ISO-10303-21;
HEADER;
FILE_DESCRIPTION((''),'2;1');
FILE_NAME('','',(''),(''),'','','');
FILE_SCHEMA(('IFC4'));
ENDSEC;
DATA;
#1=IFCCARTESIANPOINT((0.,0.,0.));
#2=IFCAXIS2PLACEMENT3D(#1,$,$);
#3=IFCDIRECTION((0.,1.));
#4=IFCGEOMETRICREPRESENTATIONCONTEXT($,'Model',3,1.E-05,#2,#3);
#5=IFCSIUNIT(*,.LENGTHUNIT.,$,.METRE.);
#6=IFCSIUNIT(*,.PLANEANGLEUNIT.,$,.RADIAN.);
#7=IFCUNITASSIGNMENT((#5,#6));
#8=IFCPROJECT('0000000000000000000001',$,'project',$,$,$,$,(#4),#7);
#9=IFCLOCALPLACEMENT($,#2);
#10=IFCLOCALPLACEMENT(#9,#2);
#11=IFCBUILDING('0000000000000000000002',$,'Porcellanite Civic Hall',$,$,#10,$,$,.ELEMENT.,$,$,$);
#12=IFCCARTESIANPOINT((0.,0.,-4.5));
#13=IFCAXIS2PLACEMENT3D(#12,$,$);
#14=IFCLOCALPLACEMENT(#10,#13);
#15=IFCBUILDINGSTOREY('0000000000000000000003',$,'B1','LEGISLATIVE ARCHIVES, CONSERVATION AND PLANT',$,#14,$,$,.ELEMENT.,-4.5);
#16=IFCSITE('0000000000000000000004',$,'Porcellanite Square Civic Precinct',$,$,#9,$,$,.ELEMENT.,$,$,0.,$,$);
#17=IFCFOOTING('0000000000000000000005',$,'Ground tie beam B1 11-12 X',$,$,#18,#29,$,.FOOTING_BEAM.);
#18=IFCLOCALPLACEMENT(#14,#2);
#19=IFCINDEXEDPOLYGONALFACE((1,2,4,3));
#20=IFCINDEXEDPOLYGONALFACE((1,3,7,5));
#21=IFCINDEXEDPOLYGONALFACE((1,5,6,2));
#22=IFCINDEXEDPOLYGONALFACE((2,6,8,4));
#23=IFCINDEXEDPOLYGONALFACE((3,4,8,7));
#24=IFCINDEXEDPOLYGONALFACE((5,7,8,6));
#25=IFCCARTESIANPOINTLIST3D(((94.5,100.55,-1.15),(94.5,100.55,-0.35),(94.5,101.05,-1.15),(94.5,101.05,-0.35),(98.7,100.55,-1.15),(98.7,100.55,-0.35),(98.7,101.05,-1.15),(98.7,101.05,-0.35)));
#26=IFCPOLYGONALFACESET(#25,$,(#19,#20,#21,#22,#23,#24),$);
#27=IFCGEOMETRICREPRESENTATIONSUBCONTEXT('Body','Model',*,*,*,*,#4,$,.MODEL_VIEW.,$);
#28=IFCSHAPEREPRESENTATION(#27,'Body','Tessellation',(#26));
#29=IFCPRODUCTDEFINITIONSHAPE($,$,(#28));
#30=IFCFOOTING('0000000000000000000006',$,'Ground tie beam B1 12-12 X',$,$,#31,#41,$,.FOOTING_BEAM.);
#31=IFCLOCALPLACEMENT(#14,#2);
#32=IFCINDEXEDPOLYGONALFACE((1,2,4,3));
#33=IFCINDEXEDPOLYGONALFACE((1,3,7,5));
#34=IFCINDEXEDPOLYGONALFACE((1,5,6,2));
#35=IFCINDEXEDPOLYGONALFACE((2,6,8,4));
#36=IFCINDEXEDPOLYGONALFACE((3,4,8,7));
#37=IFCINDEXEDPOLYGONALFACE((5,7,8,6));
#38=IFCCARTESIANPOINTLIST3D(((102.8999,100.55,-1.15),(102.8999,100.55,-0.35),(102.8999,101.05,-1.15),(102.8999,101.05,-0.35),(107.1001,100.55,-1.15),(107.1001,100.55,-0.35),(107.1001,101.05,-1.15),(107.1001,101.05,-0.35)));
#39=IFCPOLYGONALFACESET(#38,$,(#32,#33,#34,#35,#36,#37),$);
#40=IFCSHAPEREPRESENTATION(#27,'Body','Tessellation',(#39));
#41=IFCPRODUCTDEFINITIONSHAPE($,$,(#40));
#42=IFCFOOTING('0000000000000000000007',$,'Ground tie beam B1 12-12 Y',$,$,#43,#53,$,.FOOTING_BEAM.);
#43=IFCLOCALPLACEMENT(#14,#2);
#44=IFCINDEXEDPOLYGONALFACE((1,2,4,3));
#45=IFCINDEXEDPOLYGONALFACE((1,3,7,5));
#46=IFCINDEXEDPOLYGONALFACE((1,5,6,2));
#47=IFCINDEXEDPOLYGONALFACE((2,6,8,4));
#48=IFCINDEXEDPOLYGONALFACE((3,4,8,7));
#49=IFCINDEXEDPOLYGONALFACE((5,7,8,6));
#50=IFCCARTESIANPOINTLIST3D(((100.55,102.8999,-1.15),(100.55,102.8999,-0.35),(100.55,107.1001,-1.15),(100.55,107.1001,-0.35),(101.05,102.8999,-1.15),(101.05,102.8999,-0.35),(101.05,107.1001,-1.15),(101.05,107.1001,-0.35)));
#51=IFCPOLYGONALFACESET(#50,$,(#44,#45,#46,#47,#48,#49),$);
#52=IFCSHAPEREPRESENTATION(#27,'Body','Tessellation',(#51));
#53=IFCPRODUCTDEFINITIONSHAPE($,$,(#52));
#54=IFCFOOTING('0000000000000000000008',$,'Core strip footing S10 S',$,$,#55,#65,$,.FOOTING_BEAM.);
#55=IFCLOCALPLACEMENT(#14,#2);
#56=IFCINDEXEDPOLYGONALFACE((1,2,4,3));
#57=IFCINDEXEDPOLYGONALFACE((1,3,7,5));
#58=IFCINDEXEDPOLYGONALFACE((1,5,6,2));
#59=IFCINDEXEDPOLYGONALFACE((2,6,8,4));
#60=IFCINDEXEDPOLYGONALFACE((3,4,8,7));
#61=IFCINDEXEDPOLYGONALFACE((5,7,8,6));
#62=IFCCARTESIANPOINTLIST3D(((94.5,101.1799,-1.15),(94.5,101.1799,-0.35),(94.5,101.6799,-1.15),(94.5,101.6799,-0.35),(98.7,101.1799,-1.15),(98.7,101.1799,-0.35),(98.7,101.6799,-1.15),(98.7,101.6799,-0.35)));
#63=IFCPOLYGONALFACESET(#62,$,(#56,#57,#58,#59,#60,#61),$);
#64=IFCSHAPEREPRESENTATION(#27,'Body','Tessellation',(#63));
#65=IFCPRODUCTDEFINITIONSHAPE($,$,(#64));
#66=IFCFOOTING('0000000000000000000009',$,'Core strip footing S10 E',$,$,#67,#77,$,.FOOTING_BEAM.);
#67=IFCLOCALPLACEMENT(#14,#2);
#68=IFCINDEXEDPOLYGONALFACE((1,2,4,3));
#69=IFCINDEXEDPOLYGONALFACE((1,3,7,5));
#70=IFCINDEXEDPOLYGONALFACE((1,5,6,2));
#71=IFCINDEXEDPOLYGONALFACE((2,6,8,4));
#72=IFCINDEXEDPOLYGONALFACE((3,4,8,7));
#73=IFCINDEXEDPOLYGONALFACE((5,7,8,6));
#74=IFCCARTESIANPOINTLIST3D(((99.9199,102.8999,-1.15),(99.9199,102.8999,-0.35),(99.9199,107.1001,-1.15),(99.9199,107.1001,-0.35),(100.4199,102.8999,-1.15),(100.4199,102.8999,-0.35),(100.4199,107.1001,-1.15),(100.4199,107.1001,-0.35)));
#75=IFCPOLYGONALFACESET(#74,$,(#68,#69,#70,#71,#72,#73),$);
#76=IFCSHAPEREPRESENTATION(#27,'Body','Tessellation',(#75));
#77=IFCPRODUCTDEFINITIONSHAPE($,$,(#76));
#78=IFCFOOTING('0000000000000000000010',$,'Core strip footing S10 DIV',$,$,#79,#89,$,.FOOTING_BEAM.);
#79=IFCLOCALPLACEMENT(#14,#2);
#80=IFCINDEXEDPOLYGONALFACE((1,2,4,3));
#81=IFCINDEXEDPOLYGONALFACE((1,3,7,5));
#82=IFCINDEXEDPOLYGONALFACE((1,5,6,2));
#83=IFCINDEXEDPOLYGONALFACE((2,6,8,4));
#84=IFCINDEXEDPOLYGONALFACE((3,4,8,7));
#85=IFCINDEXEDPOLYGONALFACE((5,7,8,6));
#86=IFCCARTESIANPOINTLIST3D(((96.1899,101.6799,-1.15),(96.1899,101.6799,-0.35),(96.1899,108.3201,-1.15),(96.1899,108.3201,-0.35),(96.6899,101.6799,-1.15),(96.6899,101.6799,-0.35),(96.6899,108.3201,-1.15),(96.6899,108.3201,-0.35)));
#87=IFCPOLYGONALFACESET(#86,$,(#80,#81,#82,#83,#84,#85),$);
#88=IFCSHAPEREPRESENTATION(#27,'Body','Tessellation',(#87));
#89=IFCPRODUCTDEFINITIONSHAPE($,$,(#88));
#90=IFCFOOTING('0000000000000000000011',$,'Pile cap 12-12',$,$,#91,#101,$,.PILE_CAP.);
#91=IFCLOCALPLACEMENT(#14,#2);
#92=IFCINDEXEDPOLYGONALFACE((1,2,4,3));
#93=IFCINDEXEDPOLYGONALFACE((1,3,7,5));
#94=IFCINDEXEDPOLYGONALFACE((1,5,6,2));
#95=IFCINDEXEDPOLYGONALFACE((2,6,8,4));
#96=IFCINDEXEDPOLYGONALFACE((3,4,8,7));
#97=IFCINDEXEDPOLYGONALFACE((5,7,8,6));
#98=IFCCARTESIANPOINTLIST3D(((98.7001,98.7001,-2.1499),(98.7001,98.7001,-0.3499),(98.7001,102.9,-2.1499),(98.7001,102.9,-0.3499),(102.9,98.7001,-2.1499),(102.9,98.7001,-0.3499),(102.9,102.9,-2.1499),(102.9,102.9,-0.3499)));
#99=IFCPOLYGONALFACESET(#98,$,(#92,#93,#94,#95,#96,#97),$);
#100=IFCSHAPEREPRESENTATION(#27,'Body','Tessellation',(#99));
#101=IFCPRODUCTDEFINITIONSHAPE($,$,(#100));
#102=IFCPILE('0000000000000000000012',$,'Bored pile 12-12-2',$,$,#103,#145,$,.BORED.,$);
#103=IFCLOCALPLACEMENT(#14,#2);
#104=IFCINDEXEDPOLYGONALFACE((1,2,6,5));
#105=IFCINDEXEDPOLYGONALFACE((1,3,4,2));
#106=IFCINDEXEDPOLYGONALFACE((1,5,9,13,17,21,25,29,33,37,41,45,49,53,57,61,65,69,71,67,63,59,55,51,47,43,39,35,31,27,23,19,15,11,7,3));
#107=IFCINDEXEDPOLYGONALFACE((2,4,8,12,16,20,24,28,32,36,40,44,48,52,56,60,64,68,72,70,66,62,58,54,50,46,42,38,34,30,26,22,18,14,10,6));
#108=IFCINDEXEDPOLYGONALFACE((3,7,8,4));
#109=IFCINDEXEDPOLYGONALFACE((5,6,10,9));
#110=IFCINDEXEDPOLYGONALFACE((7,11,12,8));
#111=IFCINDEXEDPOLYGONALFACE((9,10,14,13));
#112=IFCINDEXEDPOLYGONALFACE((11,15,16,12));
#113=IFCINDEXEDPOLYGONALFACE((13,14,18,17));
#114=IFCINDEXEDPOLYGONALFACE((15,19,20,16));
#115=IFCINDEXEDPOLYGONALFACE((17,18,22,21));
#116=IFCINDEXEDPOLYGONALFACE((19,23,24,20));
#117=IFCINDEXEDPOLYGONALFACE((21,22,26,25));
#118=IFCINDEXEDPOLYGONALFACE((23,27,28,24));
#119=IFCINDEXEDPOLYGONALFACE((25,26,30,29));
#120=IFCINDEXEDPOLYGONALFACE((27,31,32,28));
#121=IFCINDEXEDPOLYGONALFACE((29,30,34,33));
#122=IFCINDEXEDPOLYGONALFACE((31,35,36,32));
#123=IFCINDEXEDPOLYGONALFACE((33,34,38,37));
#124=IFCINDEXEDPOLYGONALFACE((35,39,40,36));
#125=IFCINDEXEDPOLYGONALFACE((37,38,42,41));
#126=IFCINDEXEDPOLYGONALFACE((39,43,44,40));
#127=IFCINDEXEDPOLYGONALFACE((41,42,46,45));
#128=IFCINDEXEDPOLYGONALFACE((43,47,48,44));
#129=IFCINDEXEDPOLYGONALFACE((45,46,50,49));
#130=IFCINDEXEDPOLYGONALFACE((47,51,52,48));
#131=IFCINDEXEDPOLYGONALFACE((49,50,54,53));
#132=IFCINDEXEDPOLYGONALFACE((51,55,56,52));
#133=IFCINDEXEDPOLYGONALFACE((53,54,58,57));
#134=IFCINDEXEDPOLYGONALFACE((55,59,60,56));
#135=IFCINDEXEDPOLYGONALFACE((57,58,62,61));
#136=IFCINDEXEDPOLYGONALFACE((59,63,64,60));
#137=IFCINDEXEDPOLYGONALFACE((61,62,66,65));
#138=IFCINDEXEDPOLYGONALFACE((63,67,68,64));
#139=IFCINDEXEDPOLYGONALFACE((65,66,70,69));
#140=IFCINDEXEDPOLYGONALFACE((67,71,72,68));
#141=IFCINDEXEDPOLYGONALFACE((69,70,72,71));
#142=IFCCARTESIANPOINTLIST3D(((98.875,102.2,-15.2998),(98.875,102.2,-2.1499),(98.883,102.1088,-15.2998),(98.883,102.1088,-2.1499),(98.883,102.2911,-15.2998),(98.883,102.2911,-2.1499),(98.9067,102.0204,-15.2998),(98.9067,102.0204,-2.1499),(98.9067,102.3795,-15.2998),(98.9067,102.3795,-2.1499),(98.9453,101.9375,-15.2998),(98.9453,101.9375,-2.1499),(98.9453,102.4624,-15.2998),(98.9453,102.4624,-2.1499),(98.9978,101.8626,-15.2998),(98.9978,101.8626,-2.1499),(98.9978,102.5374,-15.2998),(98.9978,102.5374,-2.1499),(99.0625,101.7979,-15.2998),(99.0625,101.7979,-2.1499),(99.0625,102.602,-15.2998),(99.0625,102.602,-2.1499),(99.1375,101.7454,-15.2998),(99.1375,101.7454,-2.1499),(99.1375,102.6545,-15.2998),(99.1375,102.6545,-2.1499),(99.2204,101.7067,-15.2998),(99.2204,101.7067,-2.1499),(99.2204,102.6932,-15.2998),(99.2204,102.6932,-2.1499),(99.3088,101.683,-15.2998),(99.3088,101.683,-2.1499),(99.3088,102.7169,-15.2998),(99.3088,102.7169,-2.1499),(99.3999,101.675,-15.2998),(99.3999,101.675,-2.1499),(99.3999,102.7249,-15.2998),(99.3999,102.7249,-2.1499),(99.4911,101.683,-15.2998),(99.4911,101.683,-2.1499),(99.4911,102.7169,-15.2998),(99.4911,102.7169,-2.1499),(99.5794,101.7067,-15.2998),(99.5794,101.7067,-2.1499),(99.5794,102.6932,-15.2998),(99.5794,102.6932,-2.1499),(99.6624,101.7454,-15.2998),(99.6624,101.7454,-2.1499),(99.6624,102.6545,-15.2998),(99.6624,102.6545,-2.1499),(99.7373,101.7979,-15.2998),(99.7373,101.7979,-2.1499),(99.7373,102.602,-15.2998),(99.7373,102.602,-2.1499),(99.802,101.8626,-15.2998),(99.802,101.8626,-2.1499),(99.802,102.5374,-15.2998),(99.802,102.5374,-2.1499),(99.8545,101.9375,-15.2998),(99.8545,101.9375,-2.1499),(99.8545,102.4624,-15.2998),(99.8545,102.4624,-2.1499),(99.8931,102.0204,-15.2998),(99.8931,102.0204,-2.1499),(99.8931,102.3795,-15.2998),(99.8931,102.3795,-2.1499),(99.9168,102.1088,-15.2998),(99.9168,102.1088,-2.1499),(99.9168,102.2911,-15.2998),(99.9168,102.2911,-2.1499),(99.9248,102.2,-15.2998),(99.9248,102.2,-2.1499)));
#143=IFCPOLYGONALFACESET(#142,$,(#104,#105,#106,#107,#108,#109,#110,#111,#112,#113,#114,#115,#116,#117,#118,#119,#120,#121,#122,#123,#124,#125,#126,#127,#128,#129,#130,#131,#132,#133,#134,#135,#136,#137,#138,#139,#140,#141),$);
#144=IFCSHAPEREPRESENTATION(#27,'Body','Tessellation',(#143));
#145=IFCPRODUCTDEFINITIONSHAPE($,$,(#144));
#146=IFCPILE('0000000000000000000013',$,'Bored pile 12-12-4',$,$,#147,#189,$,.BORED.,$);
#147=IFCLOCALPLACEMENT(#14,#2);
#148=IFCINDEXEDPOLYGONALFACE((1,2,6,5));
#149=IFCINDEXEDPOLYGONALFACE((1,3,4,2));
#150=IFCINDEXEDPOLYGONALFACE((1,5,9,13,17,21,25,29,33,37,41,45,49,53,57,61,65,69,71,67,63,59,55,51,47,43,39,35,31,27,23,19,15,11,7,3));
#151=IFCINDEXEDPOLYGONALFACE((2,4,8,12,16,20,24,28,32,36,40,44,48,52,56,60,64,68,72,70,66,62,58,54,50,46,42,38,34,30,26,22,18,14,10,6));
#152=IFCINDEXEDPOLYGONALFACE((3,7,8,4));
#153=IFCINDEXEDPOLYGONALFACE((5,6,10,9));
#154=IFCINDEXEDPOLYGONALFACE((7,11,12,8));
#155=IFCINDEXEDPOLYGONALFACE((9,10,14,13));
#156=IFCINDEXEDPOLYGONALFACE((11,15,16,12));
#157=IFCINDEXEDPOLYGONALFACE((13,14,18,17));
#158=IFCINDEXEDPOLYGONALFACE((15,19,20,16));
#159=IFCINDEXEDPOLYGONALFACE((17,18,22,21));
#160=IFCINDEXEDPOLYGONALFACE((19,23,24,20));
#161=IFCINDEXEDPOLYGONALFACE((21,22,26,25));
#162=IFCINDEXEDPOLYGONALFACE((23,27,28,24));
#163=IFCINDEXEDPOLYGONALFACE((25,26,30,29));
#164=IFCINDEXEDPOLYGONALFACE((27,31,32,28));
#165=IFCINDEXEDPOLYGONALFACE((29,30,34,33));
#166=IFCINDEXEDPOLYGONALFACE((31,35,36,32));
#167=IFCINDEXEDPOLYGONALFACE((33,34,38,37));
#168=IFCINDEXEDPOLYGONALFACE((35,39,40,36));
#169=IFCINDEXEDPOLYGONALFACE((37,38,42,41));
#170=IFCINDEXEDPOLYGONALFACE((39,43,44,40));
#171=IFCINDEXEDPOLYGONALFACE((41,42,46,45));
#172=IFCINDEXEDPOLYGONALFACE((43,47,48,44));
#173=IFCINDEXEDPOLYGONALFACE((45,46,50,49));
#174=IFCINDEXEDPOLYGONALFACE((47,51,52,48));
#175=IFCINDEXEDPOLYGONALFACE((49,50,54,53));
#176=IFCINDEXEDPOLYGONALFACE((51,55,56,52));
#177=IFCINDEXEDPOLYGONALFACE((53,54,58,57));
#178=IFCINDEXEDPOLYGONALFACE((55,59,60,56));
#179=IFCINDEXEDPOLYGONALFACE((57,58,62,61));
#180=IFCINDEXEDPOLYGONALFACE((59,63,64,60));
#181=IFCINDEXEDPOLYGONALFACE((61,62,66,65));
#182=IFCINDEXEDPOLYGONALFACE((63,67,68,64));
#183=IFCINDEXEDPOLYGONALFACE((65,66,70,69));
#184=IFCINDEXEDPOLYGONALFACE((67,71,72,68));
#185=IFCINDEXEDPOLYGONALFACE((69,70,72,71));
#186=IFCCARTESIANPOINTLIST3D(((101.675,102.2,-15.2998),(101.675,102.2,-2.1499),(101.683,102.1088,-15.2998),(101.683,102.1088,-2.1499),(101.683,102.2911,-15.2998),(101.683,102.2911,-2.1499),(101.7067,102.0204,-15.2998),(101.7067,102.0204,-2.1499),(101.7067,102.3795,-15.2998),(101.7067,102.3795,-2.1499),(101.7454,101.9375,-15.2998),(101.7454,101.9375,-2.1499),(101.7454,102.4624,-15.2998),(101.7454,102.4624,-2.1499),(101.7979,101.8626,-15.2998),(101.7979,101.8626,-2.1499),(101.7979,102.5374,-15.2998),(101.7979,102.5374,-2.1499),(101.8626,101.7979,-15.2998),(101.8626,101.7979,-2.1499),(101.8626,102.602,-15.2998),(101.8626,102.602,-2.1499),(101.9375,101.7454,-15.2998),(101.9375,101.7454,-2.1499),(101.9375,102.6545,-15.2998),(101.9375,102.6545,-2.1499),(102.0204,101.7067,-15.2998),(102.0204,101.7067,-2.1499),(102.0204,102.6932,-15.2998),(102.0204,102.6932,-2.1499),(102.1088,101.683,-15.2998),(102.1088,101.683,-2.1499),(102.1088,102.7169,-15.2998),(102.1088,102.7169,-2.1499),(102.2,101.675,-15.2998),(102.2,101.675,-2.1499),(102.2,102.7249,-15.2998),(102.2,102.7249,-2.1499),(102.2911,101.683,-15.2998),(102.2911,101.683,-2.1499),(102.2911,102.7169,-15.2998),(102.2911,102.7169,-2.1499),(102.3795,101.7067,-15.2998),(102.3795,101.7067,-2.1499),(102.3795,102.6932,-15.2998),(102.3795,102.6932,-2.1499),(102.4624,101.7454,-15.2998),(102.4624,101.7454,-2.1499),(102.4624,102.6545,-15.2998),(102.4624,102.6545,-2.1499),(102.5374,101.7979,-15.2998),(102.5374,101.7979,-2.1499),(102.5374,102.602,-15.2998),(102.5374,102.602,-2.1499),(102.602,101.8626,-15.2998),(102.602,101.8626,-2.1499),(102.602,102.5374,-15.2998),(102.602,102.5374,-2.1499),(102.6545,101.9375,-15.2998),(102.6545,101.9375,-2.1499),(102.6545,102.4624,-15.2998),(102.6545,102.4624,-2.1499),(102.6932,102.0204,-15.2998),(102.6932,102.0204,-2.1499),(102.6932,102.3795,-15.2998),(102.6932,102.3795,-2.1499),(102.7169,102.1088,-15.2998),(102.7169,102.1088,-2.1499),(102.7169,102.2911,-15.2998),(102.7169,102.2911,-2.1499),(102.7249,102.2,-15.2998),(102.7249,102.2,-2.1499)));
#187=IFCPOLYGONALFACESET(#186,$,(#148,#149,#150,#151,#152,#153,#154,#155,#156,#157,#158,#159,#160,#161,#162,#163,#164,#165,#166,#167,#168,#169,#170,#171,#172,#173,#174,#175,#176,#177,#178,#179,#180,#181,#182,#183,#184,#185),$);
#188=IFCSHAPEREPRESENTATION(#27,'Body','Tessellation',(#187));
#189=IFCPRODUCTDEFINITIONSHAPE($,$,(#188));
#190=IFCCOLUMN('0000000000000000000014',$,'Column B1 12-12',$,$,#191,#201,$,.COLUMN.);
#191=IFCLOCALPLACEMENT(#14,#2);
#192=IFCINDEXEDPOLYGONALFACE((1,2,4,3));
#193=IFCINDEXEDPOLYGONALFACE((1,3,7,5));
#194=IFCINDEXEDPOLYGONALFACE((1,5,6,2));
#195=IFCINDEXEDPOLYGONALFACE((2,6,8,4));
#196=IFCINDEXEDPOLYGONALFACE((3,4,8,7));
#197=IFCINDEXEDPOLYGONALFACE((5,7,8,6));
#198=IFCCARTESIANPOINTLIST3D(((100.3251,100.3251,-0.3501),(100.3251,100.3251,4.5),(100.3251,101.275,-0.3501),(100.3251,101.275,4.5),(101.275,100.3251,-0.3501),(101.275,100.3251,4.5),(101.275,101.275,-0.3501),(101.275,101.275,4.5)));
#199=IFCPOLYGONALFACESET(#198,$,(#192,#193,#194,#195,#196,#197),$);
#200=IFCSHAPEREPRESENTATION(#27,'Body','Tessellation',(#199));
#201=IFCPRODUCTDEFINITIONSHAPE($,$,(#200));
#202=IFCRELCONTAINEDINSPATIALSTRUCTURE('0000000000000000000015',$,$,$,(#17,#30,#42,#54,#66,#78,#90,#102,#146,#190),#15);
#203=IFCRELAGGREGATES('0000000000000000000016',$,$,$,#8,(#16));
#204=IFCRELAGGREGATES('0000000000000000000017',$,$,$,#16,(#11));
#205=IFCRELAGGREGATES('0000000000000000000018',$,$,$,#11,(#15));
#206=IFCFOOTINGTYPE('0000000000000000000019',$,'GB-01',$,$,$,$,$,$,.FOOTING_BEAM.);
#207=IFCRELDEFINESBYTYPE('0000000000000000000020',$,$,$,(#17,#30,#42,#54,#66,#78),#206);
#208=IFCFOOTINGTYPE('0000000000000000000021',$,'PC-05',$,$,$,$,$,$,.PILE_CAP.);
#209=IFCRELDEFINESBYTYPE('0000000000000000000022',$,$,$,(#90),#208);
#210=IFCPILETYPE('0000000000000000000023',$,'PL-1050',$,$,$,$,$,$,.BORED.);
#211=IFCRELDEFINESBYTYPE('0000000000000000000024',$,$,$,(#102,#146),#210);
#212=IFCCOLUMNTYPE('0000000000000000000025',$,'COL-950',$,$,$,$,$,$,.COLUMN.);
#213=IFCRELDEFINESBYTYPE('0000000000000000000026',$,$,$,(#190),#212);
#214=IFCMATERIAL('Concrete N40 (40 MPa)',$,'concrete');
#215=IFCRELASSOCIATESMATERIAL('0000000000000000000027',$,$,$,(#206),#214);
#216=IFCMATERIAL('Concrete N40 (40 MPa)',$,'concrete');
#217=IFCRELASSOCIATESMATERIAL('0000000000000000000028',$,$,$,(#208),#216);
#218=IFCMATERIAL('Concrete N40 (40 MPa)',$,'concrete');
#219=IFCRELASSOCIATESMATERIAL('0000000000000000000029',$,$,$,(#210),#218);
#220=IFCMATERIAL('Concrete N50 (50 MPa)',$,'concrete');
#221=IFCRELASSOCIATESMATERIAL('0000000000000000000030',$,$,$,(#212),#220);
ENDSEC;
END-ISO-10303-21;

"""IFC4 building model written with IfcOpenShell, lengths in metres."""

from ifc_helpers import new_model, si_unit, direction, frame, origin, origin_2d, place, context, subcontext, project, spatial, rectangle, circle, extrude, material, material_profile, profile_set, type_object, element, save


model = new_model("IFC4")

# Units and contexts
model_context = context("Model", 3, precision=1e-05, world=origin(), true_north=direction((0.0, 1.0)))
body_context = subcontext(model_context, "Body", "Model", "MODEL_VIEW")
ifc_project = project(units=[si_unit("LENGTHUNIT", "METRE"), si_unit("PLANEANGLEUNIT", "RADIAN")], contexts=[model_context])

# Site, building, storey
site_placement = place(None, origin())
site = spatial("IfcSite", under=ifc_project, at=site_placement, Name="Porcellanite Square Civic Precinct", CompositionType="ELEMENT", RefElevation=0.0)
building_placement = place(site_placement, origin())
building = spatial("IfcBuilding", under=site, at=building_placement, Name="Porcellanite Civic Hall", CompositionType="ELEMENT")
storey_placement = place(building_placement, frame((0.0, 0.0, -4.5)))
storey = spatial("IfcBuildingStorey", under=building, at=storey_placement, Name="B1", Description="LEGISLATIVE ARCHIVES, CONSERVATION AND PLANT", CompositionType="ELEMENT", Elevation=-4.5)

# Footings
ifc_material_1 = material(Name="Concrete N40 (40 MPa)", Category="concrete")
ifc_material_profile_1 = material_profile(ifc_material_1, rectangle(XDim=0.5, YDim=0.8, at=origin_2d()), Name="RC-500x800")
ifc_profile_set_1 = profile_set([ifc_material_profile_1], Name="Concrete N40 (40 MPa)")
footing_type_1 = type_object("IfcFootingType", Name="GB-01", PredefinedType="FOOTING_BEAM", material=ifc_profile_set_1)
footing_1_placement = place(storey_placement, frame((94.5, 100.8, -0.75), z_axis=(1.0, 0.0, 0.0), x_axis=(0.0, 1.0, 0.0)))
element("IfcFooting", 1, at=footing_1_placement, inside=storey, type_object=footing_type_1, Name="Ground tie beam B1 11-12 X", PredefinedType="FOOTING_BEAM", context=body_context, shape_type="SweptSolid", body=[
    extrude(rectangle(XDim=0.5, YDim=0.8, at=origin_2d()), origin(), (0.0, 0.0, 1.0), 4.2),
])
for number, where, z_axis, x_axis, name in (
    (2, (102.8999, 100.8, -0.75), (1.0, 0.0, 0.0), (0.0, 1.0, 0.0), "Ground tie beam B1 12-12 X"),
    (3, (100.8, 102.8999, -0.75), (0.0, 1.0, 0.0), (-1.0, 0.0, 0.0), "Ground tie beam B1 12-12 Y"),
):
    element("IfcFooting", number, at=place(storey_placement, frame(where, z_axis=z_axis, x_axis=x_axis)), inside=storey, type_object=footing_type_1, Name=name, PredefinedType="FOOTING_BEAM", context=body_context, shape_type="SweptSolid", body=[
        extrude(rectangle(XDim=0.5, YDim=0.8, at=origin_2d()), origin(), (0.0, 0.0, 1.0), 4.2002),
    ])
footing_2_placement = place(storey_placement, frame((94.5, 101.4299, -0.75), z_axis=(1.0, 0.0, 0.0), x_axis=(0.0, 1.0, 0.0)))
element("IfcFooting", 4, at=footing_2_placement, inside=storey, type_object=footing_type_1, Name="Core strip footing S10 S", PredefinedType="FOOTING_BEAM", context=body_context, shape_type="SweptSolid", body=[
    extrude(rectangle(XDim=0.5, YDim=0.8, at=origin_2d()), origin(), (0.0, 0.0, 1.0), 4.2),
])
footing_3_placement = place(storey_placement, frame((100.1699, 102.8999, -0.75), z_axis=(0.0, 1.0, 0.0), x_axis=(-1.0, 0.0, 0.0)))
element("IfcFooting", 5, at=footing_3_placement, inside=storey, type_object=footing_type_1, Name="Core strip footing S10 E", PredefinedType="FOOTING_BEAM", context=body_context, shape_type="SweptSolid", body=[
    extrude(rectangle(XDim=0.5, YDim=0.8, at=origin_2d()), origin(), (0.0, 0.0, 1.0), 4.2002),
])
footing_4_placement = place(storey_placement, frame((96.4399, 101.6799, -0.75), z_axis=(0.0, 1.0, 0.0), x_axis=(-1.0, 0.0, 0.0)))
element("IfcFooting", 6, at=footing_4_placement, inside=storey, type_object=footing_type_1, Name="Core strip footing S10 DIV", PredefinedType="FOOTING_BEAM", context=body_context, shape_type="SweptSolid", body=[
    extrude(rectangle(XDim=0.5, YDim=0.8, at=origin_2d()), origin(), (0.0, 0.0, 1.0), 6.6401),
])
ifc_material_2 = material(Name="Concrete N40 (40 MPa)", Category="concrete")
footing_type_2 = type_object("IfcFootingType", Name="PC-05", PredefinedType="PILE_CAP", material=ifc_material_2)
footing_5_placement = place(storey_placement, frame((100.8, 100.8, -2.1499), z_axis=(0.0, 0.0, 1.0), x_axis=(1.0, 0.0, 0.0)))
element("IfcFooting", 7, at=footing_5_placement, inside=storey, type_object=footing_type_2, Name="Pile cap 12-12", PredefinedType="PILE_CAP", context=body_context, shape_type="SweptSolid", body=[
    extrude(rectangle(XDim=4.2, YDim=4.2, at=origin_2d()), origin(), (0.0, 0.0, 1.0), 1.8),
])

# Piles
ifc_material_3 = material(Name="Concrete N40 (40 MPa)", Category="concrete")
ifc_material_profile_2 = material_profile(ifc_material_3, circle(Radius=0.5249, at=origin_2d()), Name="PILE-D1050")
ifc_profile_set_2 = profile_set([ifc_material_profile_2], Name="Concrete N40 (40 MPa)")
pile_type = type_object("IfcPileType", Name="PL-1050", PredefinedType="BORED", material=ifc_profile_set_2)
for number, where, z_axis, x_axis, name in (
    (8, (99.3999, 102.2, -2.1499), (0.0, 0.0, -1.0), (1.0, 0.0, 0.0), "Bored pile 12-12-2"),
    (9, (102.2, 102.2, -2.1499), (0.0, 0.0, -1.0), (1.0, 0.0, 0.0), "Bored pile 12-12-4"),
):
    element("IfcPile", number, at=place(storey_placement, frame(where, z_axis=z_axis, x_axis=x_axis)), inside=storey, type_object=pile_type, Name=name, PredefinedType="BORED", context=body_context, shape_type="SweptSolid", body=[
        extrude(circle(Radius=0.5249, at=origin_2d()), origin(), (0.0, 0.0, 1.0), 13.1499),
    ])

# Column
ifc_material_4 = material(Name="Concrete N50 (50 MPa)", Category="concrete")
ifc_material_profile_3 = material_profile(ifc_material_4, rectangle(XDim=0.95, YDim=0.95, at=origin_2d()), Name="RC-950x950")
ifc_profile_set_3 = profile_set([ifc_material_profile_3], Name="Concrete N50 (50 MPa)")
column_type = type_object("IfcColumnType", Name="COL-950", PredefinedType="COLUMN", material=ifc_profile_set_3)
column_placement = place(storey_placement, frame((100.8, 100.8, -0.3501), z_axis=(0.0, 0.0, 1.0), x_axis=(1.0, 0.0, 0.0)))
element("IfcColumn", 10, at=column_placement, inside=storey, type_object=column_type, Name="Column B1 12-12", PredefinedType="COLUMN", context=body_context, shape_type="SweptSolid", body=[
    extrude(rectangle(XDim=0.95, YDim=0.95, at=origin_2d()), origin(), (0.0, 0.0, 1.0), 4.8501),
])

save(model, "model.ifc")
